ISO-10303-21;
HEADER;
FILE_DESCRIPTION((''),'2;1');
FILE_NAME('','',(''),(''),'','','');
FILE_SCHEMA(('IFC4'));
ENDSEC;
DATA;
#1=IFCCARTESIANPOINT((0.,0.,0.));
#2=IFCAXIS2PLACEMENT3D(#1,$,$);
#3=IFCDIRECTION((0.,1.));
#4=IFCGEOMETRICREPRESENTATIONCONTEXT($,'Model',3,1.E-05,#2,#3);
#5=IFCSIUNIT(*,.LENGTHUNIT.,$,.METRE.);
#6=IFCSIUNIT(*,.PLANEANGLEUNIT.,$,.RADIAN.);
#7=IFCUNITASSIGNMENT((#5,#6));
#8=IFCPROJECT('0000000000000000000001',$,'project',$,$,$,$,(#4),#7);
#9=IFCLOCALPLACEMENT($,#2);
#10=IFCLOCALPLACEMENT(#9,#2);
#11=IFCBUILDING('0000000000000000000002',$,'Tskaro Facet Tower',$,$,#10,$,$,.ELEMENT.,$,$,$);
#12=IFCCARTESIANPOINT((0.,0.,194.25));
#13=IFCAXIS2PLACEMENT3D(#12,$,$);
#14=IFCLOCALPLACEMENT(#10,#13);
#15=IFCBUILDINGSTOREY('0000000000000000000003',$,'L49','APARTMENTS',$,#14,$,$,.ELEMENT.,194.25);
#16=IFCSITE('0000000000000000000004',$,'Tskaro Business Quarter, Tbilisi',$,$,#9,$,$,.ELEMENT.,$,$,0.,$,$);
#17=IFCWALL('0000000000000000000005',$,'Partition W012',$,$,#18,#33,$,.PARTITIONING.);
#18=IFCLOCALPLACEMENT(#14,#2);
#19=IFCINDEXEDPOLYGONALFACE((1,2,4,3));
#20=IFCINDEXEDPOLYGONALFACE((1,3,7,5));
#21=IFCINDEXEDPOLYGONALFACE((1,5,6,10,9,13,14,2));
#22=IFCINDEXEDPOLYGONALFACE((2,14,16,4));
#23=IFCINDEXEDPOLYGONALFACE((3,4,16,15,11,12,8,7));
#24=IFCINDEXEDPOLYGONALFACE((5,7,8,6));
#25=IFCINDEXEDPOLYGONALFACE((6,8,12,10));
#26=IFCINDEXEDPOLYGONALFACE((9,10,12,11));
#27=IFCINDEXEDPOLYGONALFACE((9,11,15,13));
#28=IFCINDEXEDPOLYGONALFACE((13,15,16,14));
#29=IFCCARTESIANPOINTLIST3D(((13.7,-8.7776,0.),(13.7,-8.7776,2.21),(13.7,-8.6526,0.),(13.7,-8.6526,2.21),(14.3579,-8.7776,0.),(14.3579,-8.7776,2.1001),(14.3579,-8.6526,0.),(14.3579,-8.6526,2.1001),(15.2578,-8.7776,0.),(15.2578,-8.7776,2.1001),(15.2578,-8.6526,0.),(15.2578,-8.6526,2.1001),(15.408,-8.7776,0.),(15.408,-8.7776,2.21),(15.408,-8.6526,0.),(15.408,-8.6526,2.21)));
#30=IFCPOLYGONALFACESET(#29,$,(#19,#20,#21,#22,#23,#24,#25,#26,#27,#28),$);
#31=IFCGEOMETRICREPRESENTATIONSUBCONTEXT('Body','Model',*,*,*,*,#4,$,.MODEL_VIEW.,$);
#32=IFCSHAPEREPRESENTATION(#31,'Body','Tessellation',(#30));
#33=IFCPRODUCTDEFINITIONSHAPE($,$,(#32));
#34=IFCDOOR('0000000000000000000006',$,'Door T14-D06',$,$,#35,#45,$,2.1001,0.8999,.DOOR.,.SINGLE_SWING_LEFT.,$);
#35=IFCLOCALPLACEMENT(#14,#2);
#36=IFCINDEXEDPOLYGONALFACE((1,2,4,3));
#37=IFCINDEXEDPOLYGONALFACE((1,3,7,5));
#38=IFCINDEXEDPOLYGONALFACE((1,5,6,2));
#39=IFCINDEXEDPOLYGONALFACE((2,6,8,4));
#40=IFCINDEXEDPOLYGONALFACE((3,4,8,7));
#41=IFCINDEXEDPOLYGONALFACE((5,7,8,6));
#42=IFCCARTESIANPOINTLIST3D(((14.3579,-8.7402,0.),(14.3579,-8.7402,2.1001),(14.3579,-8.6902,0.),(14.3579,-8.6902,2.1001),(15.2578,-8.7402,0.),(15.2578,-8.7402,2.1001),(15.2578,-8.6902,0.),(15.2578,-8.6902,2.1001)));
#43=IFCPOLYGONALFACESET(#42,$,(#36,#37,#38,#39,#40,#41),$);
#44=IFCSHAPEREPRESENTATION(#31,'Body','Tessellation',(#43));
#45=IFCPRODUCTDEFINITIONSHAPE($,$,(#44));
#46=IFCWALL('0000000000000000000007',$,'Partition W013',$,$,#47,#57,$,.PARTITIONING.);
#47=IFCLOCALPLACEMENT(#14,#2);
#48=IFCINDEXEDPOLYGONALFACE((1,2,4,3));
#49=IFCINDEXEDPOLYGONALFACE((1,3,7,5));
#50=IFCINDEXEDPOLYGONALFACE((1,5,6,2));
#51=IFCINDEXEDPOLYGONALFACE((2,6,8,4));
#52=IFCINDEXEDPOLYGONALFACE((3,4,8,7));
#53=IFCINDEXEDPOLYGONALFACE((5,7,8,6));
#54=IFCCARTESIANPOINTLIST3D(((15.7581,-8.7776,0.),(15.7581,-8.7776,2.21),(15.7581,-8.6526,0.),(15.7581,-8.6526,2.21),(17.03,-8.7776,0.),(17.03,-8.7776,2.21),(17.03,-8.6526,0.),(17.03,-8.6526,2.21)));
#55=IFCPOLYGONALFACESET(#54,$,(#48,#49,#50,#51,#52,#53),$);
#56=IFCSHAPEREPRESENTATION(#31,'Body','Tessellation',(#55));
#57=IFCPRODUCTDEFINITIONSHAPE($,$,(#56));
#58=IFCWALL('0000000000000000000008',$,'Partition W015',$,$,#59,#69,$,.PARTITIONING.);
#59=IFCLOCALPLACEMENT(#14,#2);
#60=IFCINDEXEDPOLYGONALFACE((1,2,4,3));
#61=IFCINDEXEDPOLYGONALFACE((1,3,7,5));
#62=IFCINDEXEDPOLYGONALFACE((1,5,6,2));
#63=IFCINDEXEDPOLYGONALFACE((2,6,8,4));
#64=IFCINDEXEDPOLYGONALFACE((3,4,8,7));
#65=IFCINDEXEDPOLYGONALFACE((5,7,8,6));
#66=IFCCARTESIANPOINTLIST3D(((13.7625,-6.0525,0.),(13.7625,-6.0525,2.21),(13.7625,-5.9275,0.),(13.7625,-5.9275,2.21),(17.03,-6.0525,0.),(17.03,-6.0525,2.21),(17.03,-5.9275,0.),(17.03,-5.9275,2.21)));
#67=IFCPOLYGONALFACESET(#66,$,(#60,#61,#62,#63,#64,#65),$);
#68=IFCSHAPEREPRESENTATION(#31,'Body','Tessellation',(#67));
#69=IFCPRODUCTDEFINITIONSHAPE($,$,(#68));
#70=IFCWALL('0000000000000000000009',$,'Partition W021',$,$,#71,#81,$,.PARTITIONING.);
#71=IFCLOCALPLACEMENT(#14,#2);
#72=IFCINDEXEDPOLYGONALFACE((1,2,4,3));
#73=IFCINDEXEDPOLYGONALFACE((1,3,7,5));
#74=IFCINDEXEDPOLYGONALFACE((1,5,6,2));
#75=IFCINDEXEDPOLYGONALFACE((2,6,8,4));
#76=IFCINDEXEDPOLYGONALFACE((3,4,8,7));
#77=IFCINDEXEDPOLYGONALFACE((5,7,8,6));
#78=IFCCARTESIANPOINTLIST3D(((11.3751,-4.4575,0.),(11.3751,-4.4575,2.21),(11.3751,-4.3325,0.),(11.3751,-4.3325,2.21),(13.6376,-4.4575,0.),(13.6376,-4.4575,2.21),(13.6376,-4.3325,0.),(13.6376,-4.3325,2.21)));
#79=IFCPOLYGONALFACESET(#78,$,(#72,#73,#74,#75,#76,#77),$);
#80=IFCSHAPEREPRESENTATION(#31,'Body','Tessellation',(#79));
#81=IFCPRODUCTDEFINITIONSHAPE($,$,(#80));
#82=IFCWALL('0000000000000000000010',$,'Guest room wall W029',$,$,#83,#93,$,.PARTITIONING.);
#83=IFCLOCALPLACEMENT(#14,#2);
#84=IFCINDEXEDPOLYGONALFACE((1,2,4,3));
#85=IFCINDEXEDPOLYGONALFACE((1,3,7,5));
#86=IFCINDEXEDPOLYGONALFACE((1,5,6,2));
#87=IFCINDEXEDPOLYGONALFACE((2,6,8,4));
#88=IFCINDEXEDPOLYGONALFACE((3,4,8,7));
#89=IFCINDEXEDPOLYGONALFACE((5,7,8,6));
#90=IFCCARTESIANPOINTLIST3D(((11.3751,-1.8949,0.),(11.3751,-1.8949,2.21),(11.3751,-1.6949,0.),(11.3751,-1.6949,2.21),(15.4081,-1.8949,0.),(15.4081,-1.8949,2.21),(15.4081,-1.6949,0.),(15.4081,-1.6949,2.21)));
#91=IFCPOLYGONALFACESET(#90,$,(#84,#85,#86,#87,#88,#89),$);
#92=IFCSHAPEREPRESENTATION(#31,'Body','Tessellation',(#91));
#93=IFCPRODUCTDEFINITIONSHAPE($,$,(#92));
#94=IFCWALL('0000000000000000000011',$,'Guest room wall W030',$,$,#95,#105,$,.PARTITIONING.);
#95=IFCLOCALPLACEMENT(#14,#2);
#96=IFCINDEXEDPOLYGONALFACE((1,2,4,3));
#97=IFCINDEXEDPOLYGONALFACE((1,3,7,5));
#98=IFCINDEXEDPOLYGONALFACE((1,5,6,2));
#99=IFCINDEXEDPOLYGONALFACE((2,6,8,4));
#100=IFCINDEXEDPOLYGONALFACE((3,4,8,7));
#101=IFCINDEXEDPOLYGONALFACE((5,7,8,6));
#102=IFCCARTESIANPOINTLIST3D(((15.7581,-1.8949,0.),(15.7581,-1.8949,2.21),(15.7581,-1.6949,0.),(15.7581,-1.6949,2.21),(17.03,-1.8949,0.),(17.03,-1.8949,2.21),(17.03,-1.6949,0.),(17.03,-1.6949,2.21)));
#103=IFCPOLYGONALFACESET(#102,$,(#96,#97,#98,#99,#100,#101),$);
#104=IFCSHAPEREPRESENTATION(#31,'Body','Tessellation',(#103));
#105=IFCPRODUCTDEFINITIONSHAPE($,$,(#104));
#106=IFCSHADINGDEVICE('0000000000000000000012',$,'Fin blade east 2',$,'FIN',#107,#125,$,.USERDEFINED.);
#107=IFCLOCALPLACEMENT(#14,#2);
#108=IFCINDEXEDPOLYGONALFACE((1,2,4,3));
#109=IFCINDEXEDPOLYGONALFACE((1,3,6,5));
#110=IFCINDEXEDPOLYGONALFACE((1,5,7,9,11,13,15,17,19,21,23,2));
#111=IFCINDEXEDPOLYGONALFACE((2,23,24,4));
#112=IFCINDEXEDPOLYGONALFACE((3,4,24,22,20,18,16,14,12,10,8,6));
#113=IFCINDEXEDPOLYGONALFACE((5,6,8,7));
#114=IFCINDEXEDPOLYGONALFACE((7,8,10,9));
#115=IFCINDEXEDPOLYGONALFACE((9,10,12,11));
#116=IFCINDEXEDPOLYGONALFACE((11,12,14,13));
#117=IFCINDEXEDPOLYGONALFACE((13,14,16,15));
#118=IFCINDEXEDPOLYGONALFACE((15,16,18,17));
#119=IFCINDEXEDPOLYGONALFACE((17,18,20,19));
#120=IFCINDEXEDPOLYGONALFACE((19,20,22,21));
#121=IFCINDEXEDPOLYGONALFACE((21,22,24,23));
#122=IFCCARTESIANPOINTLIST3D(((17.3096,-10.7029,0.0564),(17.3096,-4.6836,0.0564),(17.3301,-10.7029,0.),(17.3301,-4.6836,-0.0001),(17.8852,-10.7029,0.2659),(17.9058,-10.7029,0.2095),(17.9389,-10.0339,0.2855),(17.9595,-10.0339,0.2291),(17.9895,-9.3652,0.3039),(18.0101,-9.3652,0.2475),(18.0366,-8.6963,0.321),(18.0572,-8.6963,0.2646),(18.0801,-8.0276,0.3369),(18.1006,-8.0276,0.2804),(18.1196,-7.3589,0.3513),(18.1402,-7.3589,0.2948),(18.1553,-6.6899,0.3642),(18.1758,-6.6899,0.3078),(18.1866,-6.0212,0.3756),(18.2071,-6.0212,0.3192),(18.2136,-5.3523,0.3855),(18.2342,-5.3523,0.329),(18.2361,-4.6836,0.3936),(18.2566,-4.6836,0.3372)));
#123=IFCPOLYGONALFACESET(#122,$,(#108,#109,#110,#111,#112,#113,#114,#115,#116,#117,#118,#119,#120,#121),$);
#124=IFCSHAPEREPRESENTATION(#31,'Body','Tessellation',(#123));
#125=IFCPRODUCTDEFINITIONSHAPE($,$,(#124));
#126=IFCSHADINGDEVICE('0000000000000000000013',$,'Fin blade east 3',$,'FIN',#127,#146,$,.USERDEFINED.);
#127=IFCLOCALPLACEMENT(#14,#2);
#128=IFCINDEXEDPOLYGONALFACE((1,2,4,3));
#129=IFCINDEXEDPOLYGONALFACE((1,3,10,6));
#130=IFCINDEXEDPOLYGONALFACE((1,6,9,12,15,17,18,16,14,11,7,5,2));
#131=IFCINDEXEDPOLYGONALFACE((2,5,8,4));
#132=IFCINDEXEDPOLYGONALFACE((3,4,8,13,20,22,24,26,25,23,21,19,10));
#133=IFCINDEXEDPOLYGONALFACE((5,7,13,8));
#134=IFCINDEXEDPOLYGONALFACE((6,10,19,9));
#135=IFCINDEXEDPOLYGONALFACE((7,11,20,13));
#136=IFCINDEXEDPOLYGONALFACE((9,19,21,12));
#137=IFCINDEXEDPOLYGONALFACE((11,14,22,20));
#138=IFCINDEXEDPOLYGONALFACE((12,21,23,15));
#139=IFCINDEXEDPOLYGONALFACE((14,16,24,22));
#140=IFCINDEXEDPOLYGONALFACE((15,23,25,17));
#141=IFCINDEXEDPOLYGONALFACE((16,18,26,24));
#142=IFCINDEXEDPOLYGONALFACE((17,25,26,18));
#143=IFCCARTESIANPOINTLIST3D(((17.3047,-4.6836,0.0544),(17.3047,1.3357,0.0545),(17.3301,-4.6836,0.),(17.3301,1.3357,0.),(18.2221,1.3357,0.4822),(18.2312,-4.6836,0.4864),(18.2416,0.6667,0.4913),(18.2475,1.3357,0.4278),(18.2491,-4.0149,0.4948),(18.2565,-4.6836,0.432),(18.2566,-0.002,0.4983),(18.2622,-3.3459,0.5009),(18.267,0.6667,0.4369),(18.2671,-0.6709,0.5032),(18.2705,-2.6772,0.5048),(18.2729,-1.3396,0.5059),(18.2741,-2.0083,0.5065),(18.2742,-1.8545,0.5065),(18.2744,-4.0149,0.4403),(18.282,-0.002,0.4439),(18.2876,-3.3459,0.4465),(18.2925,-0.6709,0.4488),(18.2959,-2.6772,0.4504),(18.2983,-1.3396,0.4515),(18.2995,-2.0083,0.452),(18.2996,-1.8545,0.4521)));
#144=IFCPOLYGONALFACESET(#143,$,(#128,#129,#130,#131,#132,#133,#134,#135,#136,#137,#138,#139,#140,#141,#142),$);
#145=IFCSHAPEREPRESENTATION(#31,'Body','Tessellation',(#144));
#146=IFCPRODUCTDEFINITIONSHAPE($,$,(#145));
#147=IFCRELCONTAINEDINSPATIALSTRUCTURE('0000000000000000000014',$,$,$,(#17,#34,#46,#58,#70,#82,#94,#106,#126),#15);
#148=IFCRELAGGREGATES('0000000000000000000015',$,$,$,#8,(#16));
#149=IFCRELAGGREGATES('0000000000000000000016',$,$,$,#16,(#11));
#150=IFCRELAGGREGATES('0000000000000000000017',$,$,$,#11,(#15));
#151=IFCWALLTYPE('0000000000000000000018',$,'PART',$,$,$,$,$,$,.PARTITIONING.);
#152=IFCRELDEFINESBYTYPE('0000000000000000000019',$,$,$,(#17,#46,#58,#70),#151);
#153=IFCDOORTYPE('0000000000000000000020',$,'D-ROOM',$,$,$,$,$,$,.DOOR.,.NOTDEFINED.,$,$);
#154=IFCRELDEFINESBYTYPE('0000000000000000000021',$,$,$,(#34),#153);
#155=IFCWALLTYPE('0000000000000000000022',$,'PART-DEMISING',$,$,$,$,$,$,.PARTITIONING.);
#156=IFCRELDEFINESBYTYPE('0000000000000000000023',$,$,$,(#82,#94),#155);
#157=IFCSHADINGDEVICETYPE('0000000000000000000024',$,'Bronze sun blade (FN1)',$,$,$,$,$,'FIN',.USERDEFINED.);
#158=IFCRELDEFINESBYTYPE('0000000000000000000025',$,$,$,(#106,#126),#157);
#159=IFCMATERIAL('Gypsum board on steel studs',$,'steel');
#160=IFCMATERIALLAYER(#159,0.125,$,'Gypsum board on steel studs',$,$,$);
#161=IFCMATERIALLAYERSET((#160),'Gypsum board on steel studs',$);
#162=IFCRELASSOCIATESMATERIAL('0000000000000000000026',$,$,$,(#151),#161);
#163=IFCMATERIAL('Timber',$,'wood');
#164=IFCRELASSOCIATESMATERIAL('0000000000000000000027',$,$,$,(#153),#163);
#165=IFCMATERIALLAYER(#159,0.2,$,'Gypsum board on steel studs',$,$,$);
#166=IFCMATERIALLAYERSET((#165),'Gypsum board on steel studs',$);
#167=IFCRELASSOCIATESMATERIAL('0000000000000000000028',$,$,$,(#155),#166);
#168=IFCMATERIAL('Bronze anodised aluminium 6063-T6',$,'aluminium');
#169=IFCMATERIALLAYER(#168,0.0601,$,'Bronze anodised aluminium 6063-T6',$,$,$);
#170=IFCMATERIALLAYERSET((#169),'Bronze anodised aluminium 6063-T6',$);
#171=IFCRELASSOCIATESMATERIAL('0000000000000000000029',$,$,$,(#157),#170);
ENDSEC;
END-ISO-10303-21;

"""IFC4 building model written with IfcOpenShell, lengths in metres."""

from ifc_helpers import new_model, si_unit, direction, frame, frame_2d, origin, place, context, subcontext, project, spatial, polyline, rectangle, outline, extrude, material, layer, layer_set, type_object, element, fill, save


model = new_model("IFC4")

# Units and contexts
model_context = context("Model", 3, precision=1e-05, world=origin(), true_north=direction((0.0, 1.0)))
body_context = subcontext(model_context, "Body", "Model", "MODEL_VIEW")
ifc_project = project(units=[si_unit("LENGTHUNIT", "METRE"), si_unit("PLANEANGLEUNIT", "RADIAN")], contexts=[model_context])

# Site, building, storey
site_placement = place(None, origin())
site = spatial("IfcSite", under=ifc_project, at=site_placement, Name="Tskaro Business Quarter, Tbilisi", CompositionType="ELEMENT", RefElevation=0.0)
building_placement = place(site_placement, origin())
building = spatial("IfcBuilding", under=site, at=building_placement, Name="Tskaro Facet Tower", CompositionType="ELEMENT")
storey_placement = place(building_placement, frame((0.0, 0.0, 194.25)))
storey = spatial("IfcBuildingStorey", under=building, at=storey_placement, Name="L49", Description="APARTMENTS", CompositionType="ELEMENT", Elevation=194.25)

# Shared definitions
ifc_material_1 = material(Name="Bronze anodised aluminium 6063-T6", Category="aluminium")

# Wall, opening, door
ifc_material_2 = material(Name="Gypsum board on steel studs", Category="steel")
ifc_layer_1 = layer(ifc_material_2, 0.125, Name="Gypsum board on steel studs")
ifc_layer_set_1 = layer_set([ifc_layer_1], Name="Gypsum board on steel studs")
wall_type_1 = type_object("IfcWallType", Name="PART", PredefinedType="PARTITIONING", material=ifc_layer_set_1)
ifc_material_3 = material(Name="Timber", Category="wood")
door_type = type_object("IfcDoorType", Name="D-ROOM", OperationType="NOTDEFINED", PredefinedType="DOOR", material=ifc_material_3)
wall_1_placement = place(storey_placement, frame((13.7, -8.7151, 0.0), z_axis=(0.0, 0.0, 1.0), x_axis=(1.0, 0.0, 0.0)))
wall_1 = element("IfcWall", 1, at=wall_1_placement, inside=storey, type_object=wall_type_1, Name="Partition W012", PredefinedType="PARTITIONING", context=body_context, shape_type="SweptSolid", body=[
    extrude(rectangle(XDim=1.708, YDim=0.125, at=frame_2d((0.854, 0.0))), origin(), (0.0, 0.0, 1.0), 2.21),
])
opening_1_placement = place(wall_1_placement, frame((0.658, 0.0, 0.0)))
opening_1 = element("IfcOpeningElement", 2, at=opening_1_placement, cuts=wall_1, PredefinedType="OPENING", context=body_context, shape_type="SweptSolid", body=[
    extrude(rectangle(XDim=0.8999, YDim=2.1001, at=frame_2d((0.45, 1.05))), frame((0.0, 0.0725, 0.0), z_axis=(0.0, -1.0, 0.0), x_axis=(1.0, 0.0, 0.0)), (0.0, 0.0, 1.0), 0.145),
])
door_1_placement = place(opening_1_placement, origin())
door_1 = element("IfcDoor", 3, at=door_1_placement, inside=storey, type_object=door_type, Name="Door T14-D06", OperationType="SINGLE_SWING_LEFT", OverallHeight=2.1001, OverallWidth=0.8999, PredefinedType="DOOR", context=body_context, shape_type="SweptSolid", body=[
    extrude(rectangle(XDim=0.8999, YDim=2.1001, at=frame_2d((0.45, 1.05))), frame((0.0, 0.0249, 0.0), z_axis=(0.0, -1.0, 0.0), x_axis=(1.0, 0.0, 0.0)), (0.0, 0.0, 1.0), 0.05),
])
fill(opening_1, door_1)

# Walls
wall_2_placement = place(storey_placement, frame((15.7581, -8.7151, 0.0), z_axis=(0.0, 0.0, 1.0), x_axis=(1.0, 0.0, 0.0)))
element("IfcWall", 4, at=wall_2_placement, inside=storey, type_object=wall_type_1, Name="Partition W013", PredefinedType="PARTITIONING", context=body_context, shape_type="SweptSolid", body=[
    extrude(rectangle(XDim=1.272, YDim=0.125, at=frame_2d((0.636, 0.0))), origin(), (0.0, 0.0, 1.0), 2.21),
])
wall_3_placement = place(storey_placement, frame((13.7625, -5.99, 0.0), z_axis=(0.0, 0.0, 1.0), x_axis=(1.0, 0.0, 0.0)))
element("IfcWall", 5, at=wall_3_placement, inside=storey, type_object=wall_type_1, Name="Partition W015", PredefinedType="PARTITIONING", context=body_context, shape_type="SweptSolid", body=[
    extrude(rectangle(XDim=3.2676, YDim=0.125, at=frame_2d((1.6338, 0.0))), origin(), (0.0, 0.0, 1.0), 2.21),
])
wall_4_placement = place(storey_placement, frame((11.375, -4.395, 0.0), z_axis=(0.0, 0.0, 1.0), x_axis=(1.0, 0.0, 0.0)))
element("IfcWall", 6, at=wall_4_placement, inside=storey, type_object=wall_type_1, Name="Partition W021", PredefinedType="PARTITIONING", context=body_context, shape_type="SweptSolid", body=[
    extrude(rectangle(XDim=2.2625, YDim=0.125, at=frame_2d((1.1313, 0.0))), origin(), (0.0, 0.0, 1.0), 2.21),
])
ifc_layer_2 = layer(ifc_material_2, 0.2, Name="Gypsum board on steel studs")
ifc_layer_set_2 = layer_set([ifc_layer_2], Name="Gypsum board on steel studs")
wall_type_2 = type_object("IfcWallType", Name="PART-DEMISING", PredefinedType="PARTITIONING", material=ifc_layer_set_2)
wall_5_placement = place(storey_placement, frame((11.375, -1.7949, 0.0), z_axis=(0.0, 0.0, 1.0), x_axis=(1.0, 0.0, 0.0)))
element("IfcWall", 7, at=wall_5_placement, inside=storey, type_object=wall_type_2, Name="Guest room wall W029", PredefinedType="PARTITIONING", context=body_context, shape_type="SweptSolid", body=[
    extrude(rectangle(XDim=4.033, YDim=0.2, at=frame_2d((2.0166, 0.0))), origin(), (0.0, 0.0, 1.0), 2.21),
])
wall_6_placement = place(storey_placement, frame((15.7581, -1.7949, 0.0), z_axis=(0.0, 0.0, 1.0), x_axis=(1.0, 0.0, 0.0)))
element("IfcWall", 8, at=wall_6_placement, inside=storey, type_object=wall_type_2, Name="Guest room wall W030", PredefinedType="PARTITIONING", context=body_context, shape_type="SweptSolid", body=[
    extrude(rectangle(XDim=1.272, YDim=0.2, at=frame_2d((0.636, 0.0))), origin(), (0.0, 0.0, 1.0), 2.21),
])

# Shading devices
ifc_layer_3 = layer(ifc_material_1, 0.0601, Name="Bronze anodised aluminium 6063-T6")
ifc_layer_set_3 = layer_set([ifc_layer_3], Name="Bronze anodised aluminium 6063-T6")
shading_device_type = type_object("IfcShadingDeviceType", Name="Bronze sun blade (FN1)", ElementType="FIN", PredefinedType="USERDEFINED", material=ifc_layer_set_3)
shading_device_1_placement = place(storey_placement, frame((17.3096, -10.7029, 0.0564), z_axis=(-0.342066, 0.000005, 0.939676), x_axis=(0.000002, 1.0, -0.000005)))
element("IfcShadingDevice", 9, at=shading_device_1_placement, inside=storey, type_object=shading_device_type, Name="Fin blade east 2", ObjectType="FIN", PredefinedType="USERDEFINED", context=body_context, shape_type="SweptSolid", body=[
    extrude(outline(polyline([(0.0, 0.0), (6.0193, 0.0), (6.0193, -0.986), (5.3506, -0.9621), (4.6816, -0.9333), (4.0129, -0.9), (3.344, -0.8621), (2.6753, -0.82), (2.0066, -0.7737), (1.3376, -0.7236), (0.6689, -0.6698), (0.0, -0.6126), (0.0, 0.0)])), origin(), (0.0, 0.0, -1.0), 0.0601),
])
shading_device_2_placement = place(storey_placement, frame((17.3047, -4.6836, 0.0544), z_axis=(-0.422589, -0.000004, 0.906322), x_axis=(-0.000002, 1.0, 0.000003)))
element("IfcShadingDevice", 10, at=shading_device_2_placement, inside=storey, type_object=shading_device_type, Name="Fin blade east 3", ObjectType="FIN", PredefinedType="USERDEFINED", context=body_context, shape_type="SweptSolid", body=[
    extrude(outline(polyline([(0.0, 0.0), (6.0193, 0.0), (6.0193, -1.0123), (5.3503, -1.0338), (4.6816, -1.0503), (4.0127, -1.0619), (3.344, -1.0683), (2.8291, -1.0697), (2.6753, -1.0696), (2.0063, -1.0657), (1.3376, -1.0565), (0.6687, -1.042), (0.0, -1.0222), (0.0, 0.0)])), origin(), (0.0, 0.0, -1.0), 0.0601),
])

save(model, "model.ifc")
